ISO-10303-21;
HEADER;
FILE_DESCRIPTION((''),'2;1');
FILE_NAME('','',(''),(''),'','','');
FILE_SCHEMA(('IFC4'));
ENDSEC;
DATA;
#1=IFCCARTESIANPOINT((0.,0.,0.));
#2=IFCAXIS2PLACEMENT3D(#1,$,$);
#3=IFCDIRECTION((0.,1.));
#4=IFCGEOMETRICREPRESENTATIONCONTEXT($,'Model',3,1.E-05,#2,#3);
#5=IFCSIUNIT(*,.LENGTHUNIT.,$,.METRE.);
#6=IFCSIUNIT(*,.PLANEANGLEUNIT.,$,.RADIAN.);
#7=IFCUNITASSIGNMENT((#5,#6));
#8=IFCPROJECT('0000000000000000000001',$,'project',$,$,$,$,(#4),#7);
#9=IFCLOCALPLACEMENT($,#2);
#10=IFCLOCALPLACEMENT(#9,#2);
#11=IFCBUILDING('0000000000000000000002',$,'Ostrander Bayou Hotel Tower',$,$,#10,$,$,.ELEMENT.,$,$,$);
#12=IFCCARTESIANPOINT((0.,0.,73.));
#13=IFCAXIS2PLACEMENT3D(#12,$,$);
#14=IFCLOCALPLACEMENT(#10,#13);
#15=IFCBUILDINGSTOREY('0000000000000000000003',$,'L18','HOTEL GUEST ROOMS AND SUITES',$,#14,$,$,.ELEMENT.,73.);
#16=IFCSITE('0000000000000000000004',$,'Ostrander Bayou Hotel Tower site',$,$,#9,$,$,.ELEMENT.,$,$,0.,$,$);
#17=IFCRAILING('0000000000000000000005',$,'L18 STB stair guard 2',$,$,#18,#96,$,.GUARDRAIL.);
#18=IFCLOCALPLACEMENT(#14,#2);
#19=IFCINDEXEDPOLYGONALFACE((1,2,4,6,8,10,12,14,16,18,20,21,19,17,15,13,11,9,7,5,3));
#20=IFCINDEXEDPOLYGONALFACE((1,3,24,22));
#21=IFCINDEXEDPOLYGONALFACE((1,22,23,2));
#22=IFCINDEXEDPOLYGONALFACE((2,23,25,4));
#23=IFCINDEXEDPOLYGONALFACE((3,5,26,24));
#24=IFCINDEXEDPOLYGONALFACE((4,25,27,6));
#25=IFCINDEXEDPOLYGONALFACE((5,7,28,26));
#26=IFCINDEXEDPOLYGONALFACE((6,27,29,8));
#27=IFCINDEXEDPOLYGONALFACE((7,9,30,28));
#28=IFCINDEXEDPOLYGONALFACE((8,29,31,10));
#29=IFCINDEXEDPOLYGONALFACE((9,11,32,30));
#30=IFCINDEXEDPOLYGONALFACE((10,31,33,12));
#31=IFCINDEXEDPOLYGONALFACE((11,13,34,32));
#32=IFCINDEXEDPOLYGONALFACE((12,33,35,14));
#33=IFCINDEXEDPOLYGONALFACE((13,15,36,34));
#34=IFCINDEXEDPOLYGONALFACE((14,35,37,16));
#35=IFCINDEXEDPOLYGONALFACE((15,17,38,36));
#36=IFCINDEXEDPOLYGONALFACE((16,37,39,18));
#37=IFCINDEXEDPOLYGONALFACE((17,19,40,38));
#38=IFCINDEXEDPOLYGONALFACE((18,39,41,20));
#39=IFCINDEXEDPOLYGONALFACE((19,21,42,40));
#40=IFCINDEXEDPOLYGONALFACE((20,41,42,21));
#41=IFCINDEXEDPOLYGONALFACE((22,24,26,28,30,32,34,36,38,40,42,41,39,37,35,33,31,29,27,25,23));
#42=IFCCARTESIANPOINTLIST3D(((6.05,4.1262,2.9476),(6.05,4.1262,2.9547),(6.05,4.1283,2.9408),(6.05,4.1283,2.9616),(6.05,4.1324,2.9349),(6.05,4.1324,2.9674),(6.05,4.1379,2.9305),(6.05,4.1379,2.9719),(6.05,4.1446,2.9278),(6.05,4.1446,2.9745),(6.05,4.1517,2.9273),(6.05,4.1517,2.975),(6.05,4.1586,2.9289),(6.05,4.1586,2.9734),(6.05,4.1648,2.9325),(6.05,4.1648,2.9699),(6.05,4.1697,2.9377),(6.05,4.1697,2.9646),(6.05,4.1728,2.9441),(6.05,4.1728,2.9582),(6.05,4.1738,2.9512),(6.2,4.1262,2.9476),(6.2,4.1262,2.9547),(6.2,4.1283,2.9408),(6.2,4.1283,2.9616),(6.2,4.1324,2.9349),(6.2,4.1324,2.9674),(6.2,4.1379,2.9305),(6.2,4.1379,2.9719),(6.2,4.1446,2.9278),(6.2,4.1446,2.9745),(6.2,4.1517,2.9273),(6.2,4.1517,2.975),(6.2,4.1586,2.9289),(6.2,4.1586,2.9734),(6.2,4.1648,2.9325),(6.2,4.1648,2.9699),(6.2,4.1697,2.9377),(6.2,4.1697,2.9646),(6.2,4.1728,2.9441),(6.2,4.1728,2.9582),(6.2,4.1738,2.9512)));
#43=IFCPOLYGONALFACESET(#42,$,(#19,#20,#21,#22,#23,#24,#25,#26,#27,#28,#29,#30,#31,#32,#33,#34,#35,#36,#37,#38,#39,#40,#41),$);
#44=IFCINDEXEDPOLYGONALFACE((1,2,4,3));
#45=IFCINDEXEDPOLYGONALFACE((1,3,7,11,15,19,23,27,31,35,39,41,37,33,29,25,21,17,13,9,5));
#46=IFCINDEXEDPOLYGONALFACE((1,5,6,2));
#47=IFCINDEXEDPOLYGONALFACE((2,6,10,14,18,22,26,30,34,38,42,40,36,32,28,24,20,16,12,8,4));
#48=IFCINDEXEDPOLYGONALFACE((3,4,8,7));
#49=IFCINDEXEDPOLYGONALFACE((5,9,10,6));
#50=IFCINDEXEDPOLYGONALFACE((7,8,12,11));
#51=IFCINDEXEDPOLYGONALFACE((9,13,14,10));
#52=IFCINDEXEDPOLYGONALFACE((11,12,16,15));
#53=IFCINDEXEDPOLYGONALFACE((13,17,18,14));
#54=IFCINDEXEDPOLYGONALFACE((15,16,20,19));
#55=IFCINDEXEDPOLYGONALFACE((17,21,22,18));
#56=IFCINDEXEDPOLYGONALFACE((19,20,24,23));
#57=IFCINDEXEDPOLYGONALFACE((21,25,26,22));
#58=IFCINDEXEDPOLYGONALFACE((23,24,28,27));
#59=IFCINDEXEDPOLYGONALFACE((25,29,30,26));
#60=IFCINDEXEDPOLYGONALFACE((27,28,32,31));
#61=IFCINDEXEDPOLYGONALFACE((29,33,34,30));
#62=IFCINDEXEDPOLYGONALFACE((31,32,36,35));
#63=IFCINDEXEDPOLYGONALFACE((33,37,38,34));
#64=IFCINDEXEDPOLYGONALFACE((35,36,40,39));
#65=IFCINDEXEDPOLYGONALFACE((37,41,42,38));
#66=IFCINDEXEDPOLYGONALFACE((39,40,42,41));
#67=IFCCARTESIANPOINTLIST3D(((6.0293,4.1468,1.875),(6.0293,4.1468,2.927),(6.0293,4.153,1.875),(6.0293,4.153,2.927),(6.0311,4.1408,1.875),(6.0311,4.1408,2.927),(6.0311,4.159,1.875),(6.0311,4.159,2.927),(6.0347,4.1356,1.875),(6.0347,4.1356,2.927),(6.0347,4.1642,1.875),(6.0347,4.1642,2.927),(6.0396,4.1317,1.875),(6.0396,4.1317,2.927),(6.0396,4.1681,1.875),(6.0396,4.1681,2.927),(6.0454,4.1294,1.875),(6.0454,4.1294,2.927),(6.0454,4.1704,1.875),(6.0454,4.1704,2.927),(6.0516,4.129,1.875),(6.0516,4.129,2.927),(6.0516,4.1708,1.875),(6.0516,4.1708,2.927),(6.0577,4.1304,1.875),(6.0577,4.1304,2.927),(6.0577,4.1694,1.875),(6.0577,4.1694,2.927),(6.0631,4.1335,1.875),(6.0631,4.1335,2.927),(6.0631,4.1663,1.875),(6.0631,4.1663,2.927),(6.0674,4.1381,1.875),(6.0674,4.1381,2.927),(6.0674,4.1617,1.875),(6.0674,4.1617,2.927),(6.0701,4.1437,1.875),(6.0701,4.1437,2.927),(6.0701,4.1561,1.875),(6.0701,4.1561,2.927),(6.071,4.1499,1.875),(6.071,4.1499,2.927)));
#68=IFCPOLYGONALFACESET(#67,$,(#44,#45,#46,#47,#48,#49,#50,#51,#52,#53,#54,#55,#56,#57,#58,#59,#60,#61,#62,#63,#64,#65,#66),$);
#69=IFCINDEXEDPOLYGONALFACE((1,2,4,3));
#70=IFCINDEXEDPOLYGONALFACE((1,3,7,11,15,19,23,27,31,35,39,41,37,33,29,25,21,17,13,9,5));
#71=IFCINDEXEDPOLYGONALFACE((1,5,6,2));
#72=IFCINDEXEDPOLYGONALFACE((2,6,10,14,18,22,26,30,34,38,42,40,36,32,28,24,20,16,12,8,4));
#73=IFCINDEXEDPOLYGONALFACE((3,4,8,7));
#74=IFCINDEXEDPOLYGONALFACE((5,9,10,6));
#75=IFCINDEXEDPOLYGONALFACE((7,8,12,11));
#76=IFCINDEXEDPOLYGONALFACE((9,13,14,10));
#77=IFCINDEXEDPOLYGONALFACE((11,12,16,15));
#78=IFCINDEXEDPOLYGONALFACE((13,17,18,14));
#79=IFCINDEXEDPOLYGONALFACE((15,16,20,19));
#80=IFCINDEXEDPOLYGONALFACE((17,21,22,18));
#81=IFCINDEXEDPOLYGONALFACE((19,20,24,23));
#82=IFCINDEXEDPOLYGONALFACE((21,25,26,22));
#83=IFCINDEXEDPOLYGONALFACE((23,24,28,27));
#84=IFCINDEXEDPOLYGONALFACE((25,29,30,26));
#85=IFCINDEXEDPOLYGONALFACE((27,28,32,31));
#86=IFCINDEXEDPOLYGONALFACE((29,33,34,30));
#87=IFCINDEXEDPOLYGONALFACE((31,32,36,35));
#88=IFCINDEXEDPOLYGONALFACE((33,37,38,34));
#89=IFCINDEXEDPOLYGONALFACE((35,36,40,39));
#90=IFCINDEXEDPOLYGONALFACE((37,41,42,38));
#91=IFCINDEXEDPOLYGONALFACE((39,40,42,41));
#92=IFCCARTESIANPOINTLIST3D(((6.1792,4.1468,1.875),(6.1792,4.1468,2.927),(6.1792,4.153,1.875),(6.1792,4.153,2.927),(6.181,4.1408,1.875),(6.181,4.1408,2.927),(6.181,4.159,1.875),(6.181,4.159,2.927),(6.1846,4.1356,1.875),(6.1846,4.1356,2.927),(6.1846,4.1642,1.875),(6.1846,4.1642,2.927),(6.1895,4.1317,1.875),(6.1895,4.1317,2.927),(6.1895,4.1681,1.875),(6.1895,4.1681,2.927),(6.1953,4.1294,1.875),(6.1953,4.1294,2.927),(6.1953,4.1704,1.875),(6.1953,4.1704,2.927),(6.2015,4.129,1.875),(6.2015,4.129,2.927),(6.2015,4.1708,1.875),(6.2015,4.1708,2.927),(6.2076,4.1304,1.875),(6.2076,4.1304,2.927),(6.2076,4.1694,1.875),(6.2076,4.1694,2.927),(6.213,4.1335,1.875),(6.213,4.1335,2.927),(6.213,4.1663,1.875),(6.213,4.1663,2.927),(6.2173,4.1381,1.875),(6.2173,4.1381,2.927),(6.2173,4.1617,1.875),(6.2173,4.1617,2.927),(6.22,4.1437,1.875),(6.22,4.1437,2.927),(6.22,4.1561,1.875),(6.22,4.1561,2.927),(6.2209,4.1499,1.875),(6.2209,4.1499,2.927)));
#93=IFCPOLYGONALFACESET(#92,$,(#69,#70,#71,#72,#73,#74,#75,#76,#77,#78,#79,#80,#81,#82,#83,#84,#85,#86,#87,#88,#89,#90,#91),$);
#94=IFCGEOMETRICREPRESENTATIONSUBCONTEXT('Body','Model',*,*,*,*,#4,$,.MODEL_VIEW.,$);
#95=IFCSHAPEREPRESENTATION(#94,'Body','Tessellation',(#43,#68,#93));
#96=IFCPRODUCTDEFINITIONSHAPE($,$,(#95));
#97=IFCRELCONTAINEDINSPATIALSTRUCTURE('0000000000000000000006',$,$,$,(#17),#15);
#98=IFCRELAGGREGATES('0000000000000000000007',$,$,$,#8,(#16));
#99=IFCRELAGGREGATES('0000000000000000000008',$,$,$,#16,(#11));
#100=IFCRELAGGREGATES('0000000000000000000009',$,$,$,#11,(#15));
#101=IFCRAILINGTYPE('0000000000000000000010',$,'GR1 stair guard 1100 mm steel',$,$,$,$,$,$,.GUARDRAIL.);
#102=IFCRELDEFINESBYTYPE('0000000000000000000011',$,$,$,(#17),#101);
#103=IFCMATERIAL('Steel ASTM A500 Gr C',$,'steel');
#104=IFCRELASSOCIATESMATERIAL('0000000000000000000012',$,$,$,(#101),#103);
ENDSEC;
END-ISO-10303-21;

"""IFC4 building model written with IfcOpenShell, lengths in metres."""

from ifc_helpers import new_model, si_unit, direction, frame, origin, origin_2d, place, context, subcontext, project, spatial, circle, extrude, material, type_object, element, save


model = new_model("IFC4")

# Units and contexts
model_context = context("Model", 3, precision=1e-05, world=origin(), true_north=direction((0.0, 1.0)))
body_context = subcontext(model_context, "Body", "Model", "MODEL_VIEW")
ifc_project = project(units=[si_unit("LENGTHUNIT", "METRE"), si_unit("PLANEANGLEUNIT", "RADIAN")], contexts=[model_context])

# Site, building, storey
site_placement = place(None, origin())
site = spatial("IfcSite", under=ifc_project, at=site_placement, Name="Ostrander Bayou Hotel Tower site", CompositionType="ELEMENT", RefElevation=0.0)
building_placement = place(site_placement, origin())
building = spatial("IfcBuilding", under=site, at=building_placement, Name="Ostrander Bayou Hotel Tower", CompositionType="ELEMENT")
storey_placement = place(building_placement, frame((0.0, 0.0, 73.0)))
storey = spatial("IfcBuildingStorey", under=building, at=storey_placement, Name="L18", Description="HOTEL GUEST ROOMS AND SUITES", CompositionType="ELEMENT", Elevation=73.0)

# Railing
ifc_material_1 = material(Name="Steel ASTM A500 Gr C", Category="steel")
railing_type_1 = type_object("IfcRailingType", Name="GR1 stair guard 1100 mm steel", PredefinedType="GUARDRAIL", material=ifc_material_1)
railing_1_placement = place(storey_placement, frame((6.05, 4.1499, 1.875)))
element("IfcRailing", 1, at=railing_1_placement, inside=storey, type_object=railing_type_1, Name="L18 STB stair guard 2", PredefinedType="GUARDRAIL", context=body_context, shape_type="SweptSolid", body=[
    extrude(circle(Radius=0.0239, at=origin_2d()), frame((0.0, 0.0, 1.0762), z_axis=(1.0, 0.0, 0.0), x_axis=(0.0, 1.0, 0.0)), (0.0, 0.0, 1.0), 0.1499),
    extrude(circle(Radius=0.021, at=origin_2d()), origin(), (0.0, 0.0, 1.0), 1.052),
    extrude(circle(Radius=0.021, at=origin_2d()), frame((0.1499, 0.0, 0.0)), (0.0, 0.0, 1.0), 1.052),
])

save(model, "model.ifc")
